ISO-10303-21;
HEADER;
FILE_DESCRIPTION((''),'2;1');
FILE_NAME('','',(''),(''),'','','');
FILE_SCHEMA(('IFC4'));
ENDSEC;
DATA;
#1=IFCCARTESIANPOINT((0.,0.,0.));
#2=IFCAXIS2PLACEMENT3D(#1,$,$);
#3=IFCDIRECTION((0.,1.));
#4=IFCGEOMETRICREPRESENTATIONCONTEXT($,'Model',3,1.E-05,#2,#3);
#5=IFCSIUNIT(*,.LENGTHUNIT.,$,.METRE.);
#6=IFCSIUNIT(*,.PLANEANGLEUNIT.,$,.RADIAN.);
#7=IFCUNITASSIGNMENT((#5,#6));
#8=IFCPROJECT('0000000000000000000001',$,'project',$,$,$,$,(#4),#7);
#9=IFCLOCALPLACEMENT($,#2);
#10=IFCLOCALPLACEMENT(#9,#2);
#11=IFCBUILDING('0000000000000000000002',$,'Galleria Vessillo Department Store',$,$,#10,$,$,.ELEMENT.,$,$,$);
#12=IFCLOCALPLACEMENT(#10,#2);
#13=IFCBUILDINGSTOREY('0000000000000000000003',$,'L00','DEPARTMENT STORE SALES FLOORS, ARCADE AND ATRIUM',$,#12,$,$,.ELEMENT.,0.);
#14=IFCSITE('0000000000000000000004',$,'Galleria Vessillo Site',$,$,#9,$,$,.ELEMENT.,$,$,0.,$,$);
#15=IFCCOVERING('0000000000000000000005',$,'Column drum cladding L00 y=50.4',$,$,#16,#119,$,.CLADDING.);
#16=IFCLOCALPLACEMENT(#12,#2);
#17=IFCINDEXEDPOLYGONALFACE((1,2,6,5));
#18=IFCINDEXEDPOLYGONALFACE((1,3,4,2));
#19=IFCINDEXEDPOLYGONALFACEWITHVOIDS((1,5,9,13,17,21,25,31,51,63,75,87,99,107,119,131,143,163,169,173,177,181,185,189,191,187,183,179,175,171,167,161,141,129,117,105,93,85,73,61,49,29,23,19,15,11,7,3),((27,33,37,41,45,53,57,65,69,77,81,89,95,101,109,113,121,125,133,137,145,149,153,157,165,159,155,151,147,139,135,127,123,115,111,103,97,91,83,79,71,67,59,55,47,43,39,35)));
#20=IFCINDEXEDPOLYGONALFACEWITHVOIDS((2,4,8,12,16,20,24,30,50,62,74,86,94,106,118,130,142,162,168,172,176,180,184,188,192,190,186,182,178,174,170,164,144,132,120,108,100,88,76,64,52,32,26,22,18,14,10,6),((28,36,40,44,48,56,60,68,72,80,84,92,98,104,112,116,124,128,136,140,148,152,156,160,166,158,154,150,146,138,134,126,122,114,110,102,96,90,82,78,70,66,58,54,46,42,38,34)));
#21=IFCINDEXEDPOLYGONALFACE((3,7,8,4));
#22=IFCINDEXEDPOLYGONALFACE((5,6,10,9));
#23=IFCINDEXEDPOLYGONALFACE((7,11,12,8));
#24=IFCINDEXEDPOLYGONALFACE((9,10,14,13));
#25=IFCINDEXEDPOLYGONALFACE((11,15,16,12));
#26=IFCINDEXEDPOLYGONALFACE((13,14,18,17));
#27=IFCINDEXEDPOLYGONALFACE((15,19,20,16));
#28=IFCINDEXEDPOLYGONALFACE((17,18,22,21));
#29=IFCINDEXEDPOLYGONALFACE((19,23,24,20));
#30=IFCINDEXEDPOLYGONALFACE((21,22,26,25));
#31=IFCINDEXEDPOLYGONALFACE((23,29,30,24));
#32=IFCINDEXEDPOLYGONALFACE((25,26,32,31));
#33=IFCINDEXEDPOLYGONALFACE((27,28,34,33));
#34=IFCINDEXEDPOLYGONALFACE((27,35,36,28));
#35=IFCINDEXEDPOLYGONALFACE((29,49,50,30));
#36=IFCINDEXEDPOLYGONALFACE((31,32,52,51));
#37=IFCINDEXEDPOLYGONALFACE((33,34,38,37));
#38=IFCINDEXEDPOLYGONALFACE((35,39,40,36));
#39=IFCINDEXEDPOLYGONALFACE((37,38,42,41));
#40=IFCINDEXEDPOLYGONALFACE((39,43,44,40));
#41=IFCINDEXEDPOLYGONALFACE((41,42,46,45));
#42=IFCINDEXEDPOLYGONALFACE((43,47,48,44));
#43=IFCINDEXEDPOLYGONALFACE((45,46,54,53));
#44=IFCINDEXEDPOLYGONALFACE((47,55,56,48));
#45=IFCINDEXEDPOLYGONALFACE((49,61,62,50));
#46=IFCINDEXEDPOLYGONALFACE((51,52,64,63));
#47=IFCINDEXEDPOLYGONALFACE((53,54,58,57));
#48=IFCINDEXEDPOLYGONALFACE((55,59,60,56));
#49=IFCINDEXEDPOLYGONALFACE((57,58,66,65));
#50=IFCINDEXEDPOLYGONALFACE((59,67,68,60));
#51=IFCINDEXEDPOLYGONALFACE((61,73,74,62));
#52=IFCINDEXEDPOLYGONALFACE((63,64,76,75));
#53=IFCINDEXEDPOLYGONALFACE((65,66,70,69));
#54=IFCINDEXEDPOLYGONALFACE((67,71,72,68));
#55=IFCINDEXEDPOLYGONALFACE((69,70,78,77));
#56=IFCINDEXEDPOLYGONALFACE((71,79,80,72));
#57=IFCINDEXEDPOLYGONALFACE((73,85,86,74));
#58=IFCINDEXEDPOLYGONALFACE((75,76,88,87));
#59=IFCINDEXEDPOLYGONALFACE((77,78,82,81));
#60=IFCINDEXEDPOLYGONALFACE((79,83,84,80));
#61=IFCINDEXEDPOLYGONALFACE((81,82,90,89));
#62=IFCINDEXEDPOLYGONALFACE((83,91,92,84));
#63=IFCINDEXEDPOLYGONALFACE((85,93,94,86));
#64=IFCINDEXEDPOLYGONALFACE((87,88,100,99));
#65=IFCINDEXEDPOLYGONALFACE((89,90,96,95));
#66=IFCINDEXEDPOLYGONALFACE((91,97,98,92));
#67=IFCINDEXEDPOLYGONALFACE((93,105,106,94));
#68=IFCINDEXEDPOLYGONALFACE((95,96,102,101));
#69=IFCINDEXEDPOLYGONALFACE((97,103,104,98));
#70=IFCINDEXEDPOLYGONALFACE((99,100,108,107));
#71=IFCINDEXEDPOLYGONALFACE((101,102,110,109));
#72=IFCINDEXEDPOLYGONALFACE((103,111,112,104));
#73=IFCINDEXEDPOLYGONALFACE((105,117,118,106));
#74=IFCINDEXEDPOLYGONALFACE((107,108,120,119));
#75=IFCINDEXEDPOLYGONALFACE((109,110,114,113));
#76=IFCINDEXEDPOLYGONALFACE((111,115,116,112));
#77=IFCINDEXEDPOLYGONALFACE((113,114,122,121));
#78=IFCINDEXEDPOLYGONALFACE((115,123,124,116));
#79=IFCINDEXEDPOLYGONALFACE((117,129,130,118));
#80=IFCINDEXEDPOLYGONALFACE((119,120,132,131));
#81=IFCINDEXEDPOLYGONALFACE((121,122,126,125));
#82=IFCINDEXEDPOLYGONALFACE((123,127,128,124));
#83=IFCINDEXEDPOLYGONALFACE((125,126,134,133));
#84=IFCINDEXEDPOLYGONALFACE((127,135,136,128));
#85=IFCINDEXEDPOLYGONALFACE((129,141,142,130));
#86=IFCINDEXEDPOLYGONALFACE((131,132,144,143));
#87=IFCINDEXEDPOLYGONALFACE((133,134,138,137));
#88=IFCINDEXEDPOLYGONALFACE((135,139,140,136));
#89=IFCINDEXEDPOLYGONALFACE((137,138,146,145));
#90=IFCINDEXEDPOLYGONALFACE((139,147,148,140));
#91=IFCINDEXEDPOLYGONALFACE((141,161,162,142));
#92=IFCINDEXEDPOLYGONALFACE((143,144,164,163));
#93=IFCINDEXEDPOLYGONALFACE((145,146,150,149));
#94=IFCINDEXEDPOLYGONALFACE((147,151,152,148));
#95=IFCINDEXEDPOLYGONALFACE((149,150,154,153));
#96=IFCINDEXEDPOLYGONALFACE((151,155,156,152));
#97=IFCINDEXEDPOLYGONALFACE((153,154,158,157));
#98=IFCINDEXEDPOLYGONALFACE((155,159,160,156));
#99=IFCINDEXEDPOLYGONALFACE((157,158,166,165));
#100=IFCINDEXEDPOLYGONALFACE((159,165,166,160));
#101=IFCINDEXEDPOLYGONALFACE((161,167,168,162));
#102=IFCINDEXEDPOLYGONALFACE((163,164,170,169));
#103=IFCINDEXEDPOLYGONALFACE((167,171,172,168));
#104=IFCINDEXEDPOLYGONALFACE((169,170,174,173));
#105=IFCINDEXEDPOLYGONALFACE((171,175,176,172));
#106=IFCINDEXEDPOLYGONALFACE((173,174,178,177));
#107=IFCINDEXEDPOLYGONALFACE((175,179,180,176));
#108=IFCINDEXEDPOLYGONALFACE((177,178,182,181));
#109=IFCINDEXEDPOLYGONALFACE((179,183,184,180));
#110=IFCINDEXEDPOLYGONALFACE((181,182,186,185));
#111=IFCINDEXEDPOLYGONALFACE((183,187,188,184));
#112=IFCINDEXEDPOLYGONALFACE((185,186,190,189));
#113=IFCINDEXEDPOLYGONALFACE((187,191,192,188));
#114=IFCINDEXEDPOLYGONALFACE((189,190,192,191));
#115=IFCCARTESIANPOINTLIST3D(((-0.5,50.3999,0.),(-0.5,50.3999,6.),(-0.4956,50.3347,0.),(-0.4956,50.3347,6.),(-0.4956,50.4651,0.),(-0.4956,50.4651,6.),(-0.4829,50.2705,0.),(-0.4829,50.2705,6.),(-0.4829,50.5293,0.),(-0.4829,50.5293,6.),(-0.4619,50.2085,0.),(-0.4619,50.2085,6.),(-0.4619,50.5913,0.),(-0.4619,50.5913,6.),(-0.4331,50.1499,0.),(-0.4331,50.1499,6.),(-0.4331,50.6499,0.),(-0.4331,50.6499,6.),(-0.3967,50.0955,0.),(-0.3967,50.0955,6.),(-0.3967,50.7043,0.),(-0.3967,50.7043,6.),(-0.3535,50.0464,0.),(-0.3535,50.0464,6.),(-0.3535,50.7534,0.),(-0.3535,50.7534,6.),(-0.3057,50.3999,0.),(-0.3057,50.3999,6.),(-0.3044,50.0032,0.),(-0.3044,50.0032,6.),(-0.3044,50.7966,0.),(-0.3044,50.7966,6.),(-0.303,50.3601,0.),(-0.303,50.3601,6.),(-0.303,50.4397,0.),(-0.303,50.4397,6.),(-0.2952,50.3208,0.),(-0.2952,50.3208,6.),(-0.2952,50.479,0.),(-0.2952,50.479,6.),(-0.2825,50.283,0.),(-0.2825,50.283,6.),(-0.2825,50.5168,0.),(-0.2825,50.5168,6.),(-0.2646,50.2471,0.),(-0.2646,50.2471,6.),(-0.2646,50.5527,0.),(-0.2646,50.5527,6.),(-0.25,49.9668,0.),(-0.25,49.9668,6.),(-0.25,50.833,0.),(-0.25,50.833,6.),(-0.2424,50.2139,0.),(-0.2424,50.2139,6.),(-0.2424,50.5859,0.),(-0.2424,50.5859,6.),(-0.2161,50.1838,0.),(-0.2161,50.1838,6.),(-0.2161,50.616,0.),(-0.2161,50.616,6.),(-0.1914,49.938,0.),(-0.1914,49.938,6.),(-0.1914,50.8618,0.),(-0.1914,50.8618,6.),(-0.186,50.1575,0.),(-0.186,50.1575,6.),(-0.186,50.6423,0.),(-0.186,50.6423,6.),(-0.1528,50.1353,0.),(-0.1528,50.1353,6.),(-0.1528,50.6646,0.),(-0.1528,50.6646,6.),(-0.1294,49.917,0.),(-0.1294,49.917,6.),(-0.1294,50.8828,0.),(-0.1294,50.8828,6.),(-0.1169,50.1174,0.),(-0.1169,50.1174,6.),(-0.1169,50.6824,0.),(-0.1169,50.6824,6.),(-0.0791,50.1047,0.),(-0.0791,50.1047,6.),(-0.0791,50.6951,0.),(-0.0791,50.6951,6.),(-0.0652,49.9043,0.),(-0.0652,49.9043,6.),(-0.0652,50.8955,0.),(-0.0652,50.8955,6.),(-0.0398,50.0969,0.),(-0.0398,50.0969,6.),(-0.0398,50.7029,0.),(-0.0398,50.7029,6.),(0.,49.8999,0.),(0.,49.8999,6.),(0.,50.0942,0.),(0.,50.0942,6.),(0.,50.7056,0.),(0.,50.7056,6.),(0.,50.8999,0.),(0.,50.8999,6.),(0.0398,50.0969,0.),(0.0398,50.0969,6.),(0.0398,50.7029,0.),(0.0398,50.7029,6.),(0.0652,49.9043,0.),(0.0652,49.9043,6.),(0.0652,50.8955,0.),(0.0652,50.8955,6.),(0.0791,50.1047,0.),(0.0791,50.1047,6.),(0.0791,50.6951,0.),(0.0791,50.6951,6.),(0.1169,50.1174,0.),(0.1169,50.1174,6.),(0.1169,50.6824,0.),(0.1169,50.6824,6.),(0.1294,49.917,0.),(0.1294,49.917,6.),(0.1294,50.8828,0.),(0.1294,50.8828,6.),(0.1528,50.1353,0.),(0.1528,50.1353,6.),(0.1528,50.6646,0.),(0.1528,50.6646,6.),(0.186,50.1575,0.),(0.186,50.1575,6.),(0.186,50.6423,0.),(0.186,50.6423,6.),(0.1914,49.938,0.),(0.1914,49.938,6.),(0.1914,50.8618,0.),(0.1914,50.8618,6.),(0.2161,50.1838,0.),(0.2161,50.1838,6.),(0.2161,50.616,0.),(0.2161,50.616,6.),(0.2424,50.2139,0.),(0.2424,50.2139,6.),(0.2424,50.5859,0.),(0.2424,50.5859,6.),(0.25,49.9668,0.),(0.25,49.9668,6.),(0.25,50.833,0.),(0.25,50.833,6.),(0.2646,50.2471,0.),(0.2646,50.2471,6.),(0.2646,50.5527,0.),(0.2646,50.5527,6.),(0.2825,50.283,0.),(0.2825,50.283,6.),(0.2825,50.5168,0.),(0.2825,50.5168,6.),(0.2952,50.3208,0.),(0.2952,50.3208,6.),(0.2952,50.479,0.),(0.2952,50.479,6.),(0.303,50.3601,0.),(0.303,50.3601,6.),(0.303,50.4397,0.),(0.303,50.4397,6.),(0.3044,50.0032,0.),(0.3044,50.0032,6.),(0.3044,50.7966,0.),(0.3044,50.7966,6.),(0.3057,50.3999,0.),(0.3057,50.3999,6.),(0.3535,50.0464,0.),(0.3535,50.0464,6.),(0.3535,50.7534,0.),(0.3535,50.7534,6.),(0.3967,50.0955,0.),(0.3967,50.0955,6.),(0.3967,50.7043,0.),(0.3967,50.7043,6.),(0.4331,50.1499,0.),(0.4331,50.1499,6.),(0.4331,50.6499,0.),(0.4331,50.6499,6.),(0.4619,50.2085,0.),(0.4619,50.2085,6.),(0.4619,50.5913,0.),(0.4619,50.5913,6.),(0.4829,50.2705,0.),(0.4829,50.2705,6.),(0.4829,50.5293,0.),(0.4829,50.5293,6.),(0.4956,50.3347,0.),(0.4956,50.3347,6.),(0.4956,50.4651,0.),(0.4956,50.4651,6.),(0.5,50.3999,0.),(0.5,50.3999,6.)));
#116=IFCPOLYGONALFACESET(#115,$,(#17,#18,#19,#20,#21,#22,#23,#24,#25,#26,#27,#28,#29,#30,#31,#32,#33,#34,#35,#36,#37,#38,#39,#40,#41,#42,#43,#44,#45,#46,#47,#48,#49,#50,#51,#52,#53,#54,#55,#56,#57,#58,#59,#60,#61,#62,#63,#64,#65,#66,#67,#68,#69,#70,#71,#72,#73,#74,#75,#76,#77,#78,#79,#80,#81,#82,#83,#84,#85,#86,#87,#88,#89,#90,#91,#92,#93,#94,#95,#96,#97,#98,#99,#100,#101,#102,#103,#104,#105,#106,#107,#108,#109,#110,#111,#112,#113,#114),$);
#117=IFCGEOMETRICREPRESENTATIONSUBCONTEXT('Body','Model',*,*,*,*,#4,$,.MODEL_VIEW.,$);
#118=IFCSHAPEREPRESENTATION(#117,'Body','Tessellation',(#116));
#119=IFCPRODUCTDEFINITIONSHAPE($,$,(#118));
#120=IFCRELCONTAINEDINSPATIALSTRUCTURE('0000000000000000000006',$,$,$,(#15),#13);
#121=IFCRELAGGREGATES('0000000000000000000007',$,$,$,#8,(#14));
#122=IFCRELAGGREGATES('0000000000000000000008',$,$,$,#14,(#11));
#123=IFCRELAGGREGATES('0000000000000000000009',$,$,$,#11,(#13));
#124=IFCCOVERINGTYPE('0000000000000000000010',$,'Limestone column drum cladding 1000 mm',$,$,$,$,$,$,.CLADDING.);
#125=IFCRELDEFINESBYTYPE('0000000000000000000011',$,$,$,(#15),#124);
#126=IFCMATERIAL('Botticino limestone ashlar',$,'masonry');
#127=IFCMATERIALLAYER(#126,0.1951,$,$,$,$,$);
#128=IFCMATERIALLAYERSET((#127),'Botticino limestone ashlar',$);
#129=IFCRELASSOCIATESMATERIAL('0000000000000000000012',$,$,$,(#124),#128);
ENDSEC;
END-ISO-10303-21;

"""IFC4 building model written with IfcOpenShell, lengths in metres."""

from ifc_helpers import new_model, si_unit, direction, origin, place, context, subcontext, project, spatial, polyline, outline, extrude, material, layer, layer_set, type_object, element, save


model = new_model("IFC4")

# Units and contexts
model_context = context("Model", 3, precision=1e-05, world=origin(), true_north=direction((0.0, 1.0)))
body_context = subcontext(model_context, "Body", "Model", "MODEL_VIEW")
ifc_project = project(units=[si_unit("LENGTHUNIT", "METRE"), si_unit("PLANEANGLEUNIT", "RADIAN")], contexts=[model_context])

# Site, building, storey
site_placement = place(None, origin())
site = spatial("IfcSite", under=ifc_project, at=site_placement, Name="Galleria Vessillo Site", CompositionType="ELEMENT", RefElevation=0.0)
building_placement = place(site_placement, origin())
building = spatial("IfcBuilding", under=site, at=building_placement, Name="Galleria Vessillo Department Store", CompositionType="ELEMENT")
storey_placement = place(building_placement, origin())
storey = spatial("IfcBuildingStorey", under=building, at=storey_placement, Name="L00", Description="DEPARTMENT STORE SALES FLOORS, ARCADE AND ATRIUM", CompositionType="ELEMENT", Elevation=0.0)

# Covering
ifc_material_1 = material(Name="Botticino limestone ashlar", Category="masonry")
ifc_layer_1 = layer(ifc_material_1, 0.1951)
ifc_layer_set_1 = layer_set([ifc_layer_1], Name="Botticino limestone ashlar")
covering_type = type_object("IfcCoveringType", Name="Limestone column drum cladding 1000 mm", PredefinedType="CLADDING", material=ifc_layer_set_1)
covering_1_placement = place(storey_placement, origin())
element("IfcCovering", 1, at=covering_1_placement, inside=storey, type_object=covering_type, Name="Column drum cladding L00 y=50.4", PredefinedType="CLADDING", context=body_context, shape_type="SweptSolid", body=[
    extrude(outline(polyline([(0.5, 50.3999), (0.4956, 50.4651), (0.4829, 50.5293), (0.4619, 50.5913), (0.4331, 50.6499), (0.3967, 50.7043), (0.3535, 50.7534), (0.3044, 50.7966), (0.25, 50.833), (0.1914, 50.8618), (0.1294, 50.8828), (0.0652, 50.8955), (0.0, 50.8999), (-0.0652, 50.8955), (-0.1294, 50.8828), (-0.1914, 50.8618), (-0.25, 50.833), (-0.3044, 50.7966), (-0.3535, 50.7534), (-0.3967, 50.7043), (-0.4331, 50.6499), (-0.4619, 50.5913), (-0.4829, 50.5293), (-0.4956, 50.4651), (-0.5, 50.3999), (-0.4956, 50.3347), (-0.4829, 50.2705), (-0.4619, 50.2085), (-0.4331, 50.1499), (-0.3967, 50.0955), (-0.3535, 50.0464), (-0.3044, 50.0032), (-0.25, 49.9668), (-0.1914, 49.938), (-0.1294, 49.917), (-0.0652, 49.9043), (0.0, 49.8999), (0.0652, 49.9043), (0.1294, 49.917), (0.1914, 49.938), (0.25, 49.9668), (0.3044, 50.0032), (0.3535, 50.0464), (0.3967, 50.0955), (0.4331, 50.1499), (0.4619, 50.2085), (0.4829, 50.2705), (0.4956, 50.3347), (0.5, 50.3999)]), holes=[polyline([(0.3057, 50.3999), (0.303, 50.4397), (0.2952, 50.479), (0.2825, 50.5168), (0.2646, 50.5527), (0.2424, 50.5859), (0.2161, 50.616), (0.186, 50.6423), (0.1528, 50.6646), (0.1169, 50.6824), (0.0791, 50.6951), (0.0398, 50.7029), (0.0, 50.7056), (-0.0398, 50.7029), (-0.0791, 50.6951), (-0.1169, 50.6824), (-0.1528, 50.6646), (-0.186, 50.6423), (-0.2161, 50.616), (-0.2424, 50.5859), (-0.2646, 50.5527), (-0.2825, 50.5168), (-0.2952, 50.479), (-0.303, 50.4397), (-0.3057, 50.3999), (-0.303, 50.3601), (-0.2952, 50.3208), (-0.2825, 50.283), (-0.2646, 50.2471), (-0.2424, 50.2139), (-0.2161, 50.1838), (-0.186, 50.1575), (-0.1528, 50.1353), (-0.1169, 50.1174), (-0.0791, 50.1047), (-0.0398, 50.0969), (0.0, 50.0942), (0.0398, 50.0969), (0.0791, 50.1047), (0.1169, 50.1174), (0.1528, 50.1353), (0.186, 50.1575), (0.2161, 50.1838), (0.2424, 50.2139), (0.2646, 50.2471), (0.2825, 50.283), (0.2952, 50.3208), (0.303, 50.3601), (0.3057, 50.3999)])]), origin(), (0.0, 0.0, 1.0), 6.0),
])

save(model, "model.ifc")
